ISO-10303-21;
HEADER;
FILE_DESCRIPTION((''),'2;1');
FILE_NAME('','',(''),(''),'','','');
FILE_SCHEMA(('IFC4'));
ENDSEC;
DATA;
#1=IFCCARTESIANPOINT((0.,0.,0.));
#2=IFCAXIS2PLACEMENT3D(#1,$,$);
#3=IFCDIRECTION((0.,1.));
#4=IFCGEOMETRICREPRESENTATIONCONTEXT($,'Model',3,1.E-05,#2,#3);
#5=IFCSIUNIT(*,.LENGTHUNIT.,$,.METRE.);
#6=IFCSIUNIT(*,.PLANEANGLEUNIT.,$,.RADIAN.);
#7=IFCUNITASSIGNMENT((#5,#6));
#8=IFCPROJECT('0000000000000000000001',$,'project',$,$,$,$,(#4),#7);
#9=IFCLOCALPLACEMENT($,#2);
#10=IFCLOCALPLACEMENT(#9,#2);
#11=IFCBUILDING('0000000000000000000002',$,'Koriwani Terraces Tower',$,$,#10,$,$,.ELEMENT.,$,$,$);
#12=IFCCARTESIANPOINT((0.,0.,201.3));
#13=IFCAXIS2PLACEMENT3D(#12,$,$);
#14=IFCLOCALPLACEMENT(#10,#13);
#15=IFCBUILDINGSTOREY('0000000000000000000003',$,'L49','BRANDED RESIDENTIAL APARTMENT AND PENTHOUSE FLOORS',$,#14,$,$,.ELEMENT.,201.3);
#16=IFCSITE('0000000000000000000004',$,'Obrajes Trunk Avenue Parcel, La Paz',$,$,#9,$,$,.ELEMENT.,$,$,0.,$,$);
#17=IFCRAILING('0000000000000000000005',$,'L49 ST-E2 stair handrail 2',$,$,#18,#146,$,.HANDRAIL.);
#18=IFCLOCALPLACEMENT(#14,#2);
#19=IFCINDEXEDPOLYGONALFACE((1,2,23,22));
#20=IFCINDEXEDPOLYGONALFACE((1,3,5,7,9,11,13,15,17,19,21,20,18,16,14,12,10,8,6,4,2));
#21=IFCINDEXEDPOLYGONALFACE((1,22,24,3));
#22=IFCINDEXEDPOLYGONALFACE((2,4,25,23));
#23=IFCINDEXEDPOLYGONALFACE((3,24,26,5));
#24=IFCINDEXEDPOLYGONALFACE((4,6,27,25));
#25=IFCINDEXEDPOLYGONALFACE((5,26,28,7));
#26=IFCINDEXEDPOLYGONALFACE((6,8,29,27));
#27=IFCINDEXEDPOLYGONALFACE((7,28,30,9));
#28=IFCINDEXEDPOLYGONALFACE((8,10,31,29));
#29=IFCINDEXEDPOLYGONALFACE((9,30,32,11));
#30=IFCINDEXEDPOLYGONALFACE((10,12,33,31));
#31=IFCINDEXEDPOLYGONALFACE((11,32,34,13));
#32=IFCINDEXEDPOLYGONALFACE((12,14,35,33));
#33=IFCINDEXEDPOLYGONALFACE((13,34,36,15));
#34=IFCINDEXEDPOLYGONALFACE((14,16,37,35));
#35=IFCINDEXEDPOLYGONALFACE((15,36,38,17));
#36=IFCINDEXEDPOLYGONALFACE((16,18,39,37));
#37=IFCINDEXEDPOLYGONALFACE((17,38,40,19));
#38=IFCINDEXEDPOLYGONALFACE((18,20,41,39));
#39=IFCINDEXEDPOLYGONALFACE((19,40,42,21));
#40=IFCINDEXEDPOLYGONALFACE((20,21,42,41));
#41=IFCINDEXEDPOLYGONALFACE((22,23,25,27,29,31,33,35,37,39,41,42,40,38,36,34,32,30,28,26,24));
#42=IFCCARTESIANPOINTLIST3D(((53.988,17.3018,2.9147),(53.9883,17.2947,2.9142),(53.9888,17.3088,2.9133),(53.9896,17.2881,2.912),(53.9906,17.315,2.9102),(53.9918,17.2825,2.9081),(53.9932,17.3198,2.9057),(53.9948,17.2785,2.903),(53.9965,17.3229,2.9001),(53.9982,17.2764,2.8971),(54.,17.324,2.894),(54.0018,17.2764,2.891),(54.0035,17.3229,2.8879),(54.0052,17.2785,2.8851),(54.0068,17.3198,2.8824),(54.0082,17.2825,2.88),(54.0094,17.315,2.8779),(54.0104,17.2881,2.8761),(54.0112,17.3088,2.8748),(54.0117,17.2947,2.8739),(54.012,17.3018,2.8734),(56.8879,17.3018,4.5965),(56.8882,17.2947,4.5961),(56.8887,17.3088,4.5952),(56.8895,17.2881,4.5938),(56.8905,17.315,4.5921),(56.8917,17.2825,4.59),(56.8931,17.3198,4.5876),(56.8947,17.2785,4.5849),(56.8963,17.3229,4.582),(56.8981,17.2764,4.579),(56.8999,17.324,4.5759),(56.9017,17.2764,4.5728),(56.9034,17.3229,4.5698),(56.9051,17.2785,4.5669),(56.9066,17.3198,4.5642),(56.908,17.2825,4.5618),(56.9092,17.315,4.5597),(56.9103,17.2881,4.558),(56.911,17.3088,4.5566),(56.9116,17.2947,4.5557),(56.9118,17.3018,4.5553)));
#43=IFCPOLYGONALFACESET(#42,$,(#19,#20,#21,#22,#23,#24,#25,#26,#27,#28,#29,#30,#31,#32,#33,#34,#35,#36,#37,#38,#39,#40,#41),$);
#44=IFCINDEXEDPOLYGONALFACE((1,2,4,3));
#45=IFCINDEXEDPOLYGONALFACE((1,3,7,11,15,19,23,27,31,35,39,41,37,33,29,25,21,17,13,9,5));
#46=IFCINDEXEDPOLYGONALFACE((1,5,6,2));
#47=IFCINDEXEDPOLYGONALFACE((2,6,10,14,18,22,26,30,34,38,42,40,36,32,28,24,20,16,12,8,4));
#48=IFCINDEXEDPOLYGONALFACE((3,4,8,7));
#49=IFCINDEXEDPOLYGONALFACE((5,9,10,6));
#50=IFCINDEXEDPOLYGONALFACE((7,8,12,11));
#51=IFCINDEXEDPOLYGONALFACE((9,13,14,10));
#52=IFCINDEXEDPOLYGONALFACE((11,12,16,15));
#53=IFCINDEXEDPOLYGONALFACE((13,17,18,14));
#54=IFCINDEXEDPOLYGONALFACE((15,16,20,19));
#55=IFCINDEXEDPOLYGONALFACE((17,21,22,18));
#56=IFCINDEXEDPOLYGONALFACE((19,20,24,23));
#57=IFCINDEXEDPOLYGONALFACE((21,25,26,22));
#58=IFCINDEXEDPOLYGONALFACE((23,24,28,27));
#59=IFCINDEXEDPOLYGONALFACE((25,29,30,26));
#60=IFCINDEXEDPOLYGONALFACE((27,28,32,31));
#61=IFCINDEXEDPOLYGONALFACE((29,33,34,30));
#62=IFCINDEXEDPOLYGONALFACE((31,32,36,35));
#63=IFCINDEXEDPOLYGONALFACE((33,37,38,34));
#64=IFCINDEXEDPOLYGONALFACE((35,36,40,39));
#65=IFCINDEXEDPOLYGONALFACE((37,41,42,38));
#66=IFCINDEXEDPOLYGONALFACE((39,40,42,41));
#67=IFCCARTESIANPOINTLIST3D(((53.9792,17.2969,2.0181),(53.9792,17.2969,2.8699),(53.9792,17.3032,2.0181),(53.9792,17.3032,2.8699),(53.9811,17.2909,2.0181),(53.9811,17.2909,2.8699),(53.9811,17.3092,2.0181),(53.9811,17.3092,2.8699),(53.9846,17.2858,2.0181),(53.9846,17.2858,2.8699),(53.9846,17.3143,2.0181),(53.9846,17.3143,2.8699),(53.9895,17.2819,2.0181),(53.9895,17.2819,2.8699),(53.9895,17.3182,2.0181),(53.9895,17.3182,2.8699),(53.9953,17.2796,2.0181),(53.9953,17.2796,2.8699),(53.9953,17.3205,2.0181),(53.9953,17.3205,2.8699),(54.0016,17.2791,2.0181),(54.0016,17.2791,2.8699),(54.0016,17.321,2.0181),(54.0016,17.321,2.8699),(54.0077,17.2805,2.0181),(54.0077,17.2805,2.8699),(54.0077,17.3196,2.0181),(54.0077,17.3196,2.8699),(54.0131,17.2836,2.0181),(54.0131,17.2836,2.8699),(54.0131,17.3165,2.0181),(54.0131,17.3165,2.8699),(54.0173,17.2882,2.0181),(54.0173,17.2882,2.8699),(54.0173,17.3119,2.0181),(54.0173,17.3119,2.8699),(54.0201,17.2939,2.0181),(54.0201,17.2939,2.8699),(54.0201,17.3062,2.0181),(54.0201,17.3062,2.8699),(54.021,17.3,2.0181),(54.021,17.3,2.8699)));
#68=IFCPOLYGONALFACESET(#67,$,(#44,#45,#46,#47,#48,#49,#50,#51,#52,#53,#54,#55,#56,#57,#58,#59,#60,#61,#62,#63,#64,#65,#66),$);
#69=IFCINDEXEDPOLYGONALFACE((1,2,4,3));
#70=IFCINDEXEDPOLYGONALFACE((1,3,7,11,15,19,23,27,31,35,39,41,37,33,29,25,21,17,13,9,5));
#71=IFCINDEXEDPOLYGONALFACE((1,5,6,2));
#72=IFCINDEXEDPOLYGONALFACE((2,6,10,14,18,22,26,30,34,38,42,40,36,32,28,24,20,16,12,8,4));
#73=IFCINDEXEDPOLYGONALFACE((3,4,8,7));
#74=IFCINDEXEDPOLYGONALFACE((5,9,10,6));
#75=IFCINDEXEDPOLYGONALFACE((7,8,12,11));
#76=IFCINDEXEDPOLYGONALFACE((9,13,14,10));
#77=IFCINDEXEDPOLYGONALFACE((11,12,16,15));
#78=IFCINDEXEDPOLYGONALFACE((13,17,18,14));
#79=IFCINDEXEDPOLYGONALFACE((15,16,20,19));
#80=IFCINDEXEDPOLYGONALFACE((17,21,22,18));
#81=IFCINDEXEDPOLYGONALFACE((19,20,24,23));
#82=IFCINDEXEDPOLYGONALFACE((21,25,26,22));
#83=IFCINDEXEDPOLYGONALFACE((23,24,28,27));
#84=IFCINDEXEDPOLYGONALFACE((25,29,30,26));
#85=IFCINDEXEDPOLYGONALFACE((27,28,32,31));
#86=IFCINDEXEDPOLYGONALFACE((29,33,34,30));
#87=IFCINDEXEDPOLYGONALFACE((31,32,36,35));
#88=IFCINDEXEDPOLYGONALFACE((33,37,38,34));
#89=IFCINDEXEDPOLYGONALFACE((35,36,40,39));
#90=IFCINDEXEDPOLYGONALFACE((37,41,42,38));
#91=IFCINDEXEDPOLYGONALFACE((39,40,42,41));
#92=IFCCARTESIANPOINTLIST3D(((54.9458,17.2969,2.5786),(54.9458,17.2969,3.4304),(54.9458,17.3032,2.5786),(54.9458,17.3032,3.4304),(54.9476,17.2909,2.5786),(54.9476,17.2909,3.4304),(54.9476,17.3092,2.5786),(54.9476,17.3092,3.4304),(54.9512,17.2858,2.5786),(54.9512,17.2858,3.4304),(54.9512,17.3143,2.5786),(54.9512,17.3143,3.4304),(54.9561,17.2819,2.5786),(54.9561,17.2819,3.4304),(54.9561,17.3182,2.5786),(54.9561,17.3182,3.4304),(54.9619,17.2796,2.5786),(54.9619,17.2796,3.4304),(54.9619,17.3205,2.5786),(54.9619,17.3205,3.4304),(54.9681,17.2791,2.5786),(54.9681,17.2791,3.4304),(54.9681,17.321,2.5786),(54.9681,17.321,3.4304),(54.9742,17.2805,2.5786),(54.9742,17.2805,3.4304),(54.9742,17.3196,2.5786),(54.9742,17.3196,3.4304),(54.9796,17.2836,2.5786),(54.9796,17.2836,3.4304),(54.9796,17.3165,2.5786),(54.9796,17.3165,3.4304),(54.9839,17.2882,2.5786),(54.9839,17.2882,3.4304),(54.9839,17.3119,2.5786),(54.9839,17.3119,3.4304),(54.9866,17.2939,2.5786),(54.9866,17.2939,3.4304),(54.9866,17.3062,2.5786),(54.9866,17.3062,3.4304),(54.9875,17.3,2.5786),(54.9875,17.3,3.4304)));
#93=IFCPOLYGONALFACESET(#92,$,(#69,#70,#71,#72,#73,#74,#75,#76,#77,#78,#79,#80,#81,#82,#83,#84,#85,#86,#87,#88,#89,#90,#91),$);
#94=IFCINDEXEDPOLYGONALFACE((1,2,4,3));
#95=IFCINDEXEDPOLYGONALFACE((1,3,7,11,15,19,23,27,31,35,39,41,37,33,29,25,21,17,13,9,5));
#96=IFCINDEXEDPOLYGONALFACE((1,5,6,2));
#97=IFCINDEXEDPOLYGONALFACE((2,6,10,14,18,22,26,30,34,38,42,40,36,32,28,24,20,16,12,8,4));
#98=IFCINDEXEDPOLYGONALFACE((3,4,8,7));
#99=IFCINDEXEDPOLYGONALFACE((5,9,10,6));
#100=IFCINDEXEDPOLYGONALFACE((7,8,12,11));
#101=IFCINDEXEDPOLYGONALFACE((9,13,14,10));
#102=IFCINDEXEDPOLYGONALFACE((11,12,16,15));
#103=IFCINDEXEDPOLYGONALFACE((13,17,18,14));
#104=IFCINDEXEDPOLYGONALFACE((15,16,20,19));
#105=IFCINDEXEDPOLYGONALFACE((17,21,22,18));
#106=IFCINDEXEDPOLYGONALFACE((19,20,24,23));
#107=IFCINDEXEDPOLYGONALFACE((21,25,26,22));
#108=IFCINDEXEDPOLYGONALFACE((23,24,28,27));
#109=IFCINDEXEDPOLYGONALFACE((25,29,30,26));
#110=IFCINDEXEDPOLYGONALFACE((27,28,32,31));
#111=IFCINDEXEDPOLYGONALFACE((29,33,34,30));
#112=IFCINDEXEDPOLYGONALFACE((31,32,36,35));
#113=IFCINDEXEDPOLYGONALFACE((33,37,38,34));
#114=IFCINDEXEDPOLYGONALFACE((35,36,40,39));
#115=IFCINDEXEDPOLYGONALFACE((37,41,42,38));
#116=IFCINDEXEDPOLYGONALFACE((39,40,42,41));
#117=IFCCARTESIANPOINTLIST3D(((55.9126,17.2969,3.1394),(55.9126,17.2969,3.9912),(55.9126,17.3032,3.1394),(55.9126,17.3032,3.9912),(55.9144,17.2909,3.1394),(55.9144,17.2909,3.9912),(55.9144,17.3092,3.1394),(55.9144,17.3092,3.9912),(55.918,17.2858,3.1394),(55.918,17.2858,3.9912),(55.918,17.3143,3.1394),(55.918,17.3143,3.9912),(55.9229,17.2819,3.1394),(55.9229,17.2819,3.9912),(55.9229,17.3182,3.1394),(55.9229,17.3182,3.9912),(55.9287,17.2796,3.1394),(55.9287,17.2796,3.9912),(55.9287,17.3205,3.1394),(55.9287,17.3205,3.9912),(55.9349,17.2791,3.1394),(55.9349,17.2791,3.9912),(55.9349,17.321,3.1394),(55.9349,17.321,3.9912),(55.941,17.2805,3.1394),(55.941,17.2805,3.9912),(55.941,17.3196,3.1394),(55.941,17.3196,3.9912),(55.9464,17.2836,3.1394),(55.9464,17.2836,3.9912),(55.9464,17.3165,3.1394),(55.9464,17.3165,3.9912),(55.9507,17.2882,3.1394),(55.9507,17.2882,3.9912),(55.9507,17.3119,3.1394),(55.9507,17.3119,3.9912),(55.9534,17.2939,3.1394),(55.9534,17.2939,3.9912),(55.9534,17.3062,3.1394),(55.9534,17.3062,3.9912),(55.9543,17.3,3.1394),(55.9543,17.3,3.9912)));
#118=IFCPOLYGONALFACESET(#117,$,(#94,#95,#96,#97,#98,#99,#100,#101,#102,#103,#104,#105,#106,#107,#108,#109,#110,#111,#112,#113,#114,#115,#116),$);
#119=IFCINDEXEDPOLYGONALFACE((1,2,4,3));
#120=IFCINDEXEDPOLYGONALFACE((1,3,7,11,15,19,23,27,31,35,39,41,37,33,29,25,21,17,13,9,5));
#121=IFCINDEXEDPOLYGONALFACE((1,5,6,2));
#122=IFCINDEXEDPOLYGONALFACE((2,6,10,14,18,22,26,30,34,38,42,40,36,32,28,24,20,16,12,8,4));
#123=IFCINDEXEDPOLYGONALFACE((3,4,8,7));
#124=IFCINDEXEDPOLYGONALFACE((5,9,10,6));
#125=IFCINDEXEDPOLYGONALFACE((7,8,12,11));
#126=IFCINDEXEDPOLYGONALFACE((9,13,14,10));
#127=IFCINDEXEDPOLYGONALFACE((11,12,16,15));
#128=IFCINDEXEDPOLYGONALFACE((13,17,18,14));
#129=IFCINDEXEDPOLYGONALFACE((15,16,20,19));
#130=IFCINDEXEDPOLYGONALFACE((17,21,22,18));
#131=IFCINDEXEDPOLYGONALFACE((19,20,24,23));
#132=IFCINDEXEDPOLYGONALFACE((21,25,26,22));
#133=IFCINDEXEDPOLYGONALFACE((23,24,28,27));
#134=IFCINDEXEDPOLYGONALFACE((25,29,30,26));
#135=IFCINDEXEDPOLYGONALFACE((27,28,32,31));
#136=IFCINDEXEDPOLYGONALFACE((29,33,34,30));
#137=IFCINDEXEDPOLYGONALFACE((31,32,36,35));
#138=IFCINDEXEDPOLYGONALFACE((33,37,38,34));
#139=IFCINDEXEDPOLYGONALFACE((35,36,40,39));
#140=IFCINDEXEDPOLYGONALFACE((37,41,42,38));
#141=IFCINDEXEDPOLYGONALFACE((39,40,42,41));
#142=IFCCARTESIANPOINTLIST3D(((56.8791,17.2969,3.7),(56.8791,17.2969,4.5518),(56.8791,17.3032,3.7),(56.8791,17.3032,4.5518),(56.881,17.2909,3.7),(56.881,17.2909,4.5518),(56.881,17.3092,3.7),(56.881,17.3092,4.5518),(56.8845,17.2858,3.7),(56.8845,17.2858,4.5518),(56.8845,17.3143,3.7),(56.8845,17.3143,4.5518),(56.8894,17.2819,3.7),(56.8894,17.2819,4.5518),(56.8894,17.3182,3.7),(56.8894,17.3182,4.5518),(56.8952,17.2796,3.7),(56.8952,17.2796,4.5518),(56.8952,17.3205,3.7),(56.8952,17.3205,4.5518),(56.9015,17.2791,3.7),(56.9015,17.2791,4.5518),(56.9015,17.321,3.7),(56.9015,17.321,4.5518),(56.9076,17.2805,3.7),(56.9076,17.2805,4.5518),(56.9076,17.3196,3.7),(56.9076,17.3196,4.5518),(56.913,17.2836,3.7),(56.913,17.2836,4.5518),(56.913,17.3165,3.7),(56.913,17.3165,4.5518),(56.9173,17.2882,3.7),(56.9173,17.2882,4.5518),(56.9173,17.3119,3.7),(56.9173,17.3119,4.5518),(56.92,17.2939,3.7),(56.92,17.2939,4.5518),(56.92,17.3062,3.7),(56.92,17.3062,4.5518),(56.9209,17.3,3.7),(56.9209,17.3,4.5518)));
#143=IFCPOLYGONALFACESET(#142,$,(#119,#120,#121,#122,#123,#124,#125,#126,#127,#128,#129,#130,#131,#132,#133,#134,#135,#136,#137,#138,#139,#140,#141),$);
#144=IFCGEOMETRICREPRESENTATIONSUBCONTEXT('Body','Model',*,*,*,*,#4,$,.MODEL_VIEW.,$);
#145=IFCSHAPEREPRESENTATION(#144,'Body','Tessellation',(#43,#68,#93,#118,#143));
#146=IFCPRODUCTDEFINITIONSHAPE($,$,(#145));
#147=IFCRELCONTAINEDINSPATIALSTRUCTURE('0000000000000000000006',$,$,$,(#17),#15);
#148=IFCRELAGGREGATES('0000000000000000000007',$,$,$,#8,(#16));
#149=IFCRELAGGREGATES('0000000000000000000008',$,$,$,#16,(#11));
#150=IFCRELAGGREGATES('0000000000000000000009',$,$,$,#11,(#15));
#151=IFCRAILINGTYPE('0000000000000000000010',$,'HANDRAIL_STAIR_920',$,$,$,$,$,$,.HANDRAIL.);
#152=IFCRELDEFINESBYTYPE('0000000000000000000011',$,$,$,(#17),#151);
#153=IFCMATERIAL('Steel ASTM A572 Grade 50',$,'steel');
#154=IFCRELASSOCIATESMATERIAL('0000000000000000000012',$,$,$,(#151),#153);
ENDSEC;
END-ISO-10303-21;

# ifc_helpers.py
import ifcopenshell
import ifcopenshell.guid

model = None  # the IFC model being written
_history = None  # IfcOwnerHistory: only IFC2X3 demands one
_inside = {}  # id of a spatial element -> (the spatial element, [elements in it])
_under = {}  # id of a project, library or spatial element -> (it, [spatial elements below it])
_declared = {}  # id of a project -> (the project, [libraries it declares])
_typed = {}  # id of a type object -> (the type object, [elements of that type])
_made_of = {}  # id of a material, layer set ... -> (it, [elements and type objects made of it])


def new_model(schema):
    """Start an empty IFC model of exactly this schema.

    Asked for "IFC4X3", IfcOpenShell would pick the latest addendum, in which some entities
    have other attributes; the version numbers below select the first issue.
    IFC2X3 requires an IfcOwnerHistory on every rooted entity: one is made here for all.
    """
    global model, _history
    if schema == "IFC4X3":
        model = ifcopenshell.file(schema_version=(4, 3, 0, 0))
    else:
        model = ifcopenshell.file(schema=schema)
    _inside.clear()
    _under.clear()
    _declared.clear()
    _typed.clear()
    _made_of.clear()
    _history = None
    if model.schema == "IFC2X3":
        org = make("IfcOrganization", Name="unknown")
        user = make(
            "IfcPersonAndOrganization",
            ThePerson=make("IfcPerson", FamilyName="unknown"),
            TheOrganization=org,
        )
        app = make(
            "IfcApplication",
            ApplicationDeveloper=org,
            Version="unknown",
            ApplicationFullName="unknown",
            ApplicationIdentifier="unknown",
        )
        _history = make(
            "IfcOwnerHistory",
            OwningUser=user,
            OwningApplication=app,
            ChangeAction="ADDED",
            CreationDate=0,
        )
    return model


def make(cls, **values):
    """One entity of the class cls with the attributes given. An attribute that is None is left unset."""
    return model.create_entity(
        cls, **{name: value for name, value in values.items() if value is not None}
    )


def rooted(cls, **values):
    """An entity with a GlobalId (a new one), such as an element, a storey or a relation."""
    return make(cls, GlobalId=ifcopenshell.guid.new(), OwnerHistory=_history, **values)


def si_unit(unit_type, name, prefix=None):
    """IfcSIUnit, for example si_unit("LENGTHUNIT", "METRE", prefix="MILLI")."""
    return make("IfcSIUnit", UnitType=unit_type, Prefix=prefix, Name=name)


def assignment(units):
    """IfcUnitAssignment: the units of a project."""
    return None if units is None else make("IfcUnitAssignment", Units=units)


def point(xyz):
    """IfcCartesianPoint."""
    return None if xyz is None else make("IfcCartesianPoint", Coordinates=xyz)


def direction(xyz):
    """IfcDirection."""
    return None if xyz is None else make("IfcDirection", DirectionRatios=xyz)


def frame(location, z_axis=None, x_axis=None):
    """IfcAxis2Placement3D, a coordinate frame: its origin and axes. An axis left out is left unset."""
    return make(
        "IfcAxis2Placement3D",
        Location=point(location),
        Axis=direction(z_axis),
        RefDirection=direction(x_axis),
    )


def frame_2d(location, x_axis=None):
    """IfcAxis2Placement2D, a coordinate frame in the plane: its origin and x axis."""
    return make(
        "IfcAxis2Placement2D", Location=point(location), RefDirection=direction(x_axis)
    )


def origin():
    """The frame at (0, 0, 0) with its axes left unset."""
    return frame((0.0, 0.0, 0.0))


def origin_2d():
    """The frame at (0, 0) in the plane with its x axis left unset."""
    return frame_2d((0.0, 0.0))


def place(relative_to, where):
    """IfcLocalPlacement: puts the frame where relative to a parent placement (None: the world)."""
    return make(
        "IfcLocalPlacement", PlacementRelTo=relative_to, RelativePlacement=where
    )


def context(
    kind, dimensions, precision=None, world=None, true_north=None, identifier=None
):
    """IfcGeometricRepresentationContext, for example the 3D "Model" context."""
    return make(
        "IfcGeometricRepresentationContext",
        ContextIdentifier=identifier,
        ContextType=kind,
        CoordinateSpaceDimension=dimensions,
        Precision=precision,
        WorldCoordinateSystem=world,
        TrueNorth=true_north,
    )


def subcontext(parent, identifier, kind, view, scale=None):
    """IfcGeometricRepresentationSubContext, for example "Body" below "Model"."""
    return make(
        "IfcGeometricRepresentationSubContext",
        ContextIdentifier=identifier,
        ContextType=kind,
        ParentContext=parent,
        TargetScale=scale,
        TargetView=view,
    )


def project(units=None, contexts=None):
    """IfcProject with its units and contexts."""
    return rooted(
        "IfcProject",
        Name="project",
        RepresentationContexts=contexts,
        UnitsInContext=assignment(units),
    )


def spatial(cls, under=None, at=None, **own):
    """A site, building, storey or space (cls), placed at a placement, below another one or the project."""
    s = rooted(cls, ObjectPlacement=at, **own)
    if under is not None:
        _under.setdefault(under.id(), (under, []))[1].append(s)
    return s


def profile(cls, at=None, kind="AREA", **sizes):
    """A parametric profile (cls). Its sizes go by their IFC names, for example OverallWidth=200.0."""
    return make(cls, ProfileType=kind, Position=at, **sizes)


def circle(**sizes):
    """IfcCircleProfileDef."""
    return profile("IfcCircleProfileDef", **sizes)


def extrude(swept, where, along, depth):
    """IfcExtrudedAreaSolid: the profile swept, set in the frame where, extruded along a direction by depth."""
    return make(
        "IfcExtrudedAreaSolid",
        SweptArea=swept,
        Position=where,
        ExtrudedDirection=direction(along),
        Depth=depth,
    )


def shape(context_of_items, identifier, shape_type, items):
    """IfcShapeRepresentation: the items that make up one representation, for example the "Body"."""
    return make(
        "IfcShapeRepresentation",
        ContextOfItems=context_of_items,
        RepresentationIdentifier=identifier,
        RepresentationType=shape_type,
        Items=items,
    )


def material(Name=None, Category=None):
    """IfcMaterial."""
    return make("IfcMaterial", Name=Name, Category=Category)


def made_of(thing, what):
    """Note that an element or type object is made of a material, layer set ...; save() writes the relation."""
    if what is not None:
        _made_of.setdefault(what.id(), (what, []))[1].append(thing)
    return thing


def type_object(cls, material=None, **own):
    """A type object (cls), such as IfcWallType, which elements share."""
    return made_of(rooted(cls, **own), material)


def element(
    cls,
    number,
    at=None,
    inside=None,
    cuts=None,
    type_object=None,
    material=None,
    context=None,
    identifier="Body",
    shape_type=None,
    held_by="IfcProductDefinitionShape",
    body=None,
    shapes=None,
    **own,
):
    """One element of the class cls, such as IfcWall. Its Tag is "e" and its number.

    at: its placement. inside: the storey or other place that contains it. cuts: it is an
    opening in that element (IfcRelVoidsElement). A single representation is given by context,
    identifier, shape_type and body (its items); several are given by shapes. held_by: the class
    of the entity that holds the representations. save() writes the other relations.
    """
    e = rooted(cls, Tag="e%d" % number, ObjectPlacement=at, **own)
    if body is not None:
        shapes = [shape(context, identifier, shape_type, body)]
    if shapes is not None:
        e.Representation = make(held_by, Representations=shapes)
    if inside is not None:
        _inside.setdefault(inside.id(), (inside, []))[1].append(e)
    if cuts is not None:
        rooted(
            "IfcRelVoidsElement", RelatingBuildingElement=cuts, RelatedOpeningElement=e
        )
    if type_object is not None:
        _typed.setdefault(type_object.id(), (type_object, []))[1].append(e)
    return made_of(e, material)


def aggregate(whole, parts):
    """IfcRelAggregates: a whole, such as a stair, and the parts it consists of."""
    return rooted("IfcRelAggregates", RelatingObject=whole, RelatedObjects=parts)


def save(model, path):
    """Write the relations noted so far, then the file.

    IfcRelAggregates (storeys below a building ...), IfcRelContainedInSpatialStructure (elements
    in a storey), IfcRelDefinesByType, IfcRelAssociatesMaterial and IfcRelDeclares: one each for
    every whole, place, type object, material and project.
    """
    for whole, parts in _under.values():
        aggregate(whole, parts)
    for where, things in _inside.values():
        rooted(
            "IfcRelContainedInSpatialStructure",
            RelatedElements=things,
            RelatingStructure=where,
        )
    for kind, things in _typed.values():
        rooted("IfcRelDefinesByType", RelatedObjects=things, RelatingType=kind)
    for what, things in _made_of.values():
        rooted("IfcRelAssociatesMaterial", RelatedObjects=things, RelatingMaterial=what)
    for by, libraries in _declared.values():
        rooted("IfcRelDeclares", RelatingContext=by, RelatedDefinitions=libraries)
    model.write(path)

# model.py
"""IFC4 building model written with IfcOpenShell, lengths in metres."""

from ifc_helpers import new_model, si_unit, direction, frame, origin, origin_2d, place, context, subcontext, project, spatial, circle, extrude, material, type_object, element, save


model = new_model("IFC4")

# Units and contexts
model_context = context("Model", 3, precision=1e-05, world=origin(), true_north=direction((0.0, 1.0)))
body_context = subcontext(model_context, "Body", "Model", "MODEL_VIEW")
ifc_project = project(units=[si_unit("LENGTHUNIT", "METRE"), si_unit("PLANEANGLEUNIT", "RADIAN")], contexts=[model_context])

# Site, building, storey
site_placement = place(None, origin())
site = spatial("IfcSite", under=ifc_project, at=site_placement, Name="Obrajes Trunk Avenue Parcel, La Paz", CompositionType="ELEMENT", RefElevation=0.0)
building_placement = place(site_placement, origin())
building = spatial("IfcBuilding", under=site, at=building_placement, Name="Koriwani Terraces Tower", CompositionType="ELEMENT")
storey_placement = place(building_placement, frame((0.0, 0.0, 201.3)))
storey = spatial("IfcBuildingStorey", under=building, at=storey_placement, Name="L49", Description="BRANDED RESIDENTIAL APARTMENT AND PENTHOUSE FLOORS", CompositionType="ELEMENT", Elevation=201.3)

# Shared definitions
ifc_material_1 = material(Name="Steel ASTM A572 Grade 50", Category="steel")

# Railing
railing_type_1 = type_object("IfcRailingType", Name="HANDRAIL_STAIR_920", PredefinedType="HANDRAIL", material=ifc_material_1)
railing_1_placement = place(storey_placement, frame((54.0, 17.3, 2.0181)))
element("IfcRailing", 1, at=railing_1_placement, inside=storey, type_object=railing_type_1, Name="L49 ST-E2 stair handrail 2", PredefinedType="HANDRAIL", context=body_context, shape_type="SweptSolid", body=[
    extrude(circle(Radius=0.0239, at=origin_2d()), frame((0.0, 0.0, 0.876), z_axis=(0.865039, 0.0, 0.501705), x_axis=(0.0, 1.0, 0.0)), (0.0, 0.0, 1.0), 3.3523),
    extrude(circle(Radius=0.021, at=origin_2d()), origin(), (0.0, 0.0, 1.0), 0.8518),
    extrude(circle(Radius=0.021, at=origin_2d()), frame((0.9666, 0.0, 0.5605)), (0.0, 0.0, 1.0), 0.8518),
    extrude(circle(Radius=0.021, at=origin_2d()), frame((1.9333, 0.0, 1.1213)), (0.0, 0.0, 1.0), 0.8518),
    extrude(circle(Radius=0.021, at=origin_2d()), frame((2.8999, 0.0, 1.6819)), (0.0, 0.0, 1.0), 0.8518),
])

save(model, "model.ifc")
